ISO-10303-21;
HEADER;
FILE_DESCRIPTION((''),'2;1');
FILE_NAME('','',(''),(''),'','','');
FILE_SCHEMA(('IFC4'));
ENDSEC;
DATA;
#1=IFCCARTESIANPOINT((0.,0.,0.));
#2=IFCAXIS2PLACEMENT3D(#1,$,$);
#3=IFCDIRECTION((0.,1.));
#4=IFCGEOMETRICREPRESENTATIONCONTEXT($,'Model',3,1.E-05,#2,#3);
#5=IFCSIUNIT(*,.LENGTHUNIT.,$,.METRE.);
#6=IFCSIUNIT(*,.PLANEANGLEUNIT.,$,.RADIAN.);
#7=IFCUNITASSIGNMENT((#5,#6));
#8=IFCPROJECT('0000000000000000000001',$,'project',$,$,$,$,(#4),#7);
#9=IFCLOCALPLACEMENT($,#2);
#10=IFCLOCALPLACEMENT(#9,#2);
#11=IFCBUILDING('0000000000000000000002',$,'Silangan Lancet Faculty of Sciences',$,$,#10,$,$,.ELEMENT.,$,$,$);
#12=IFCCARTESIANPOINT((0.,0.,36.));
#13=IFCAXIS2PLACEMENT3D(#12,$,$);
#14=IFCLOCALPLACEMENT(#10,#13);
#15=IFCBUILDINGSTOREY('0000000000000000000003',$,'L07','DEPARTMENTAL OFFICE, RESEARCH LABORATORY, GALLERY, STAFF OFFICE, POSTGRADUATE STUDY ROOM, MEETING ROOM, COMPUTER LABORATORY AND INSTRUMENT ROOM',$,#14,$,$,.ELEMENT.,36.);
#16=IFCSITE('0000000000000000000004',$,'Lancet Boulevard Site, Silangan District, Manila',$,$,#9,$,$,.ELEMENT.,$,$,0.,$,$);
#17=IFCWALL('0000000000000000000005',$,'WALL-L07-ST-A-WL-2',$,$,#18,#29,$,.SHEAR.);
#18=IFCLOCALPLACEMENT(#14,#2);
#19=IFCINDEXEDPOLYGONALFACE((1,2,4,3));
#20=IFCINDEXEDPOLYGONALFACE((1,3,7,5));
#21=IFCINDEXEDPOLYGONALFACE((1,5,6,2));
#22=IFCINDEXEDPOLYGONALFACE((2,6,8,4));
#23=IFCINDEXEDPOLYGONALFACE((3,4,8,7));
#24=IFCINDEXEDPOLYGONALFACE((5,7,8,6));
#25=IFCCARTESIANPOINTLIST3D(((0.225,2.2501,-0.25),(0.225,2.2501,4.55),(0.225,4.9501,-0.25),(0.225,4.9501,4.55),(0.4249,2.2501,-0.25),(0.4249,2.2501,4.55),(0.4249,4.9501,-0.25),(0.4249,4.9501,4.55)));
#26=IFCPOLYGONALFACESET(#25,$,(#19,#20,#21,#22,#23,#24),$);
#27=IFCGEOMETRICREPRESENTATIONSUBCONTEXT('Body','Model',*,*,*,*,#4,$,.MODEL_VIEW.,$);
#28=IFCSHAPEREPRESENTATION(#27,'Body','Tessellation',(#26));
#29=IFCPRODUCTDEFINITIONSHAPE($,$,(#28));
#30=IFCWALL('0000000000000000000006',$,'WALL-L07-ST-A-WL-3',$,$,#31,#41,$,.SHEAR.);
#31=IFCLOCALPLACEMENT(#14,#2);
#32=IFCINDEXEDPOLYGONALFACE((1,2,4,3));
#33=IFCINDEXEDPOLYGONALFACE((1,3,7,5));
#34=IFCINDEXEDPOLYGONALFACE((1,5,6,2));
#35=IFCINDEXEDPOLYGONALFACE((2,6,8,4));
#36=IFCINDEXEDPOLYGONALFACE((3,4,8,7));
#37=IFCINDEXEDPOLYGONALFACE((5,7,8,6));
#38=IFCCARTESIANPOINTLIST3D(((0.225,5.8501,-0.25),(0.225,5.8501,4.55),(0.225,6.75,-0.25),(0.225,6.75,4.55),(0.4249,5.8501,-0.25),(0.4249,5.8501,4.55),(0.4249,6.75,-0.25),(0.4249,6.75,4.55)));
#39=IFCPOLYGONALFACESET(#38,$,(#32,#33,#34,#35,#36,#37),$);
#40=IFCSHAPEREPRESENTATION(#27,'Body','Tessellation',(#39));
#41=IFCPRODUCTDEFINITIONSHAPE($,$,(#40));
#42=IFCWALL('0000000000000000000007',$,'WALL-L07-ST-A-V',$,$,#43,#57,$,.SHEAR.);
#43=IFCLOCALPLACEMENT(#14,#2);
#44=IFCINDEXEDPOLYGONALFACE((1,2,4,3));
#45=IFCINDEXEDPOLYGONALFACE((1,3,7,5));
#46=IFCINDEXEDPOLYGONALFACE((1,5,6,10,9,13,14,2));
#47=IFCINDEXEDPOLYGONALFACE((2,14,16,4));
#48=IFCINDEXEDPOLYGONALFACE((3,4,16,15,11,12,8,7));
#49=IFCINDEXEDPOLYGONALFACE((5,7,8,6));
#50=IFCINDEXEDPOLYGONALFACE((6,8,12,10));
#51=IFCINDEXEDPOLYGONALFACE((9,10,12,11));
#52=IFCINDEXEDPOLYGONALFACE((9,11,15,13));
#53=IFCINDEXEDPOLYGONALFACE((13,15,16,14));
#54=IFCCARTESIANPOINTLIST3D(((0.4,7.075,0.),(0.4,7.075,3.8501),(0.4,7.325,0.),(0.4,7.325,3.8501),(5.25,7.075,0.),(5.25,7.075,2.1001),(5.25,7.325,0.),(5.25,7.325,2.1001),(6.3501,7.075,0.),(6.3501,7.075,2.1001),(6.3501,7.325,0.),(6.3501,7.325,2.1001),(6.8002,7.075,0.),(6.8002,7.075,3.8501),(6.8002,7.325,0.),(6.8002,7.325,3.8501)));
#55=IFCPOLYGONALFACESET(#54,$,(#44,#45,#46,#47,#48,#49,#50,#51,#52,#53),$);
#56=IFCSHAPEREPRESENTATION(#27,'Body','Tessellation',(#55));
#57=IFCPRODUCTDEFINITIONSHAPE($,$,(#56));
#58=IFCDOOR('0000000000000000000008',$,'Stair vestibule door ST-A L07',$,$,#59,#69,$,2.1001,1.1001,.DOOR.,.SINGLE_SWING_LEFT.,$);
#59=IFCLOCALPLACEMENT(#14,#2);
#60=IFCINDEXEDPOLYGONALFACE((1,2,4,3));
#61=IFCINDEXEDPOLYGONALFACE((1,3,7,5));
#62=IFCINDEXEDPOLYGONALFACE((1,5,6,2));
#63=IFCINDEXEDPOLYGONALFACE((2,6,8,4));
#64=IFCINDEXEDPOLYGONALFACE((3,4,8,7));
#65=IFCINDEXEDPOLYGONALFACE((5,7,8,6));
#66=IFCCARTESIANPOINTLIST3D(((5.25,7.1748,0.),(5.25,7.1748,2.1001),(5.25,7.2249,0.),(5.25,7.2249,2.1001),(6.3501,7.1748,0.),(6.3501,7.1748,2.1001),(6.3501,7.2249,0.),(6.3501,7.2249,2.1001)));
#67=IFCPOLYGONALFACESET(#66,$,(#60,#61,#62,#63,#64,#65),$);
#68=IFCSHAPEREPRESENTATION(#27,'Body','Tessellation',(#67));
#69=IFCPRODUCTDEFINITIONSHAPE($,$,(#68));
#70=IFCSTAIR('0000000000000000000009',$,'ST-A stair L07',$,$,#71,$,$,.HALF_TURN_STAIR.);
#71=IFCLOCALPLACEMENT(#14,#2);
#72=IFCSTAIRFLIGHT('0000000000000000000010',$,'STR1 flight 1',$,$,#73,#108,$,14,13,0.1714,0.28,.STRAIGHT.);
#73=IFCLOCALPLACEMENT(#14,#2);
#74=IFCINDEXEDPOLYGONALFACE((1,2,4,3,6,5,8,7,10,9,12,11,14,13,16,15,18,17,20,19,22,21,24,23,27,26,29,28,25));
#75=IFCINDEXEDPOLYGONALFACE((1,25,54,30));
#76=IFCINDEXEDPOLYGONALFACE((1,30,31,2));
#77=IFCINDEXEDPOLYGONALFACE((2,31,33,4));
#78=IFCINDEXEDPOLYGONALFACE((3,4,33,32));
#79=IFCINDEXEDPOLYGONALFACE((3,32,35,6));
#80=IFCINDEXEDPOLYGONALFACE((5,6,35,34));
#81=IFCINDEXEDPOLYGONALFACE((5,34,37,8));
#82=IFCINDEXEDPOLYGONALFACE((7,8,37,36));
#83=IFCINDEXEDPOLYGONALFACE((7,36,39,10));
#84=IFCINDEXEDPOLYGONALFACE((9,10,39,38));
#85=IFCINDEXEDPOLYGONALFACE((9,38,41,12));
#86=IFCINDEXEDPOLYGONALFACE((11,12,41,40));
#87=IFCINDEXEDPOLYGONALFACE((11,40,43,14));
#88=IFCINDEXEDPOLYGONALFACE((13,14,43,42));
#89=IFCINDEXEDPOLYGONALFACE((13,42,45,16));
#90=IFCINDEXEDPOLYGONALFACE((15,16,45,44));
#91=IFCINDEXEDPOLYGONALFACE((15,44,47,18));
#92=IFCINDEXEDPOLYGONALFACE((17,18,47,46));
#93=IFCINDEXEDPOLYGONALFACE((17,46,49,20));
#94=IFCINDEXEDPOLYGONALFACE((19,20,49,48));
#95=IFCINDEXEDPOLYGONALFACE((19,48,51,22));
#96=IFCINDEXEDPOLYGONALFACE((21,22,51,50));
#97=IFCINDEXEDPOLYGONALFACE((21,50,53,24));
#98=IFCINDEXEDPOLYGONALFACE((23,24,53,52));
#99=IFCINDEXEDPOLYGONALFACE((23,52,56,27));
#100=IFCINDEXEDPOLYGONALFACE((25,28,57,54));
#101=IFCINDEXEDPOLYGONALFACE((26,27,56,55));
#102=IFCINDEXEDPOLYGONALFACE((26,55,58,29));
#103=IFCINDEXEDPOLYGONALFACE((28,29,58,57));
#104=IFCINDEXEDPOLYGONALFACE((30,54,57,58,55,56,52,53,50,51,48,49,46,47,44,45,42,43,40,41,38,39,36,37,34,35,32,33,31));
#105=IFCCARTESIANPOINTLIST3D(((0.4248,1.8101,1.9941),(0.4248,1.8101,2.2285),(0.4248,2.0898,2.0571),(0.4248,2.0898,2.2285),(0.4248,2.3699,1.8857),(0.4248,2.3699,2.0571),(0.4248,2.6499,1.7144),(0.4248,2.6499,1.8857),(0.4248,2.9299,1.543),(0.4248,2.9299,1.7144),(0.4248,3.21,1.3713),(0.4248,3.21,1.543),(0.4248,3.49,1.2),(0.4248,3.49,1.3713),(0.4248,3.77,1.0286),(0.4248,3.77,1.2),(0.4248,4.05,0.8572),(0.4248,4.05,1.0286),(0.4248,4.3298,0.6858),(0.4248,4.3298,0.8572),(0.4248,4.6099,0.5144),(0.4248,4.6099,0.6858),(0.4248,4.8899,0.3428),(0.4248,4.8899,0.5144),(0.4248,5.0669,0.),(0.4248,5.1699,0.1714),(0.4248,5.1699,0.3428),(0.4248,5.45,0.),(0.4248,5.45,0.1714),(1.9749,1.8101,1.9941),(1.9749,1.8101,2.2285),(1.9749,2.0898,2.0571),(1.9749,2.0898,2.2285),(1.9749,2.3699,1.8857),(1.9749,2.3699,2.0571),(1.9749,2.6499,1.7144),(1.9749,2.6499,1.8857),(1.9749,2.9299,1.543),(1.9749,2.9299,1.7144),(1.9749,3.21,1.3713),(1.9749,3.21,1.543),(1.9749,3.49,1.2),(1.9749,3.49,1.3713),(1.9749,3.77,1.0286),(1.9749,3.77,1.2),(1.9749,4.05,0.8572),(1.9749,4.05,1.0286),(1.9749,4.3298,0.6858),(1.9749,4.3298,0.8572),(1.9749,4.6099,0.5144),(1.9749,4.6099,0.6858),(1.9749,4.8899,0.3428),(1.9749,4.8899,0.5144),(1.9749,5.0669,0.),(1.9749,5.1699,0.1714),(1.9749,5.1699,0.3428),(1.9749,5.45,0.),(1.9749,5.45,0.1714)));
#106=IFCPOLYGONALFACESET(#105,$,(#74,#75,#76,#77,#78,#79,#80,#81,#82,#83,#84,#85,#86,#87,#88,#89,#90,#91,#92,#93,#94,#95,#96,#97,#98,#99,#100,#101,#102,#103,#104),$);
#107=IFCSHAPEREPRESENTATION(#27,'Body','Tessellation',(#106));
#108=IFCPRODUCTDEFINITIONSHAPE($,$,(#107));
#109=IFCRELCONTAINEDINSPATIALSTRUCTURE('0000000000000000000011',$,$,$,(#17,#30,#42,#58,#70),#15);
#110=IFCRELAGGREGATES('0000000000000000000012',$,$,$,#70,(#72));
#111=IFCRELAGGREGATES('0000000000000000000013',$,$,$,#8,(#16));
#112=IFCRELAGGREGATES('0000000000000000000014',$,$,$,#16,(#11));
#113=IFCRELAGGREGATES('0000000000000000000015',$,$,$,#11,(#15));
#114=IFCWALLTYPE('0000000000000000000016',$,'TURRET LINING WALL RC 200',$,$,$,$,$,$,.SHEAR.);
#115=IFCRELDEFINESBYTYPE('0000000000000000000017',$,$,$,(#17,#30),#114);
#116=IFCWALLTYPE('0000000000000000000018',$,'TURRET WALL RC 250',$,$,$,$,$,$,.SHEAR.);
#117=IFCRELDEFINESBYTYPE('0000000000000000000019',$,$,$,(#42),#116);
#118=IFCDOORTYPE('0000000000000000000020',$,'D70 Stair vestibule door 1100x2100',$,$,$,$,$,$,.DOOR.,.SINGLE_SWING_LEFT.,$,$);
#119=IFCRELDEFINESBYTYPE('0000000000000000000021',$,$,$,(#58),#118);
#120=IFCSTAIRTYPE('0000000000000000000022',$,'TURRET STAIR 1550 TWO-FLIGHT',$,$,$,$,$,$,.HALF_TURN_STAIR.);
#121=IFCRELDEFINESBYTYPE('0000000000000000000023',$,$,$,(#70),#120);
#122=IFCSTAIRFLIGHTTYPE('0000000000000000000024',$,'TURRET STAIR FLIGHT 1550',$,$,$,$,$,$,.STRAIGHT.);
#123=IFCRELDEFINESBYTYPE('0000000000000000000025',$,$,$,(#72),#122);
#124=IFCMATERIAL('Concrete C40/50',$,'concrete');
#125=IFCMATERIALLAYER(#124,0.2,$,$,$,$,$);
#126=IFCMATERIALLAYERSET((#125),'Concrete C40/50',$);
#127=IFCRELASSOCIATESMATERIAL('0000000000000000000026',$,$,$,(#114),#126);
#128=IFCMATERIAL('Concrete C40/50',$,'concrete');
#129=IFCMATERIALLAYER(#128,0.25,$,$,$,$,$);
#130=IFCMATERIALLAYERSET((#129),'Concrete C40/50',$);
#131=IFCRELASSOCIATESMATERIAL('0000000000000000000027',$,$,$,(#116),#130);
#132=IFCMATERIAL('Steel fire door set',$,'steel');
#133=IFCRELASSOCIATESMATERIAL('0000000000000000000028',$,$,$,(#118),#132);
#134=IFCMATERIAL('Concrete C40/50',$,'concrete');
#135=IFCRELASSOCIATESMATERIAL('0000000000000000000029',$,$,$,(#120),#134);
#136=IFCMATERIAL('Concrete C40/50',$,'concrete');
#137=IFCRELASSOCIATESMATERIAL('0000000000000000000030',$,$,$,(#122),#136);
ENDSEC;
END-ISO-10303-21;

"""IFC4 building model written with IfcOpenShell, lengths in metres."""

from ifc_helpers import new_model, si_unit, direction, frame, frame_2d, origin, place, context, subcontext, project, spatial, polyline, rectangle, outline, extrude, material, layer, layer_set, type_object, element, fill, aggregate, save


model = new_model("IFC4")

# Units and contexts
model_context = context("Model", 3, precision=1e-05, world=origin(), true_north=direction((0.0, 1.0)))
body_context = subcontext(model_context, "Body", "Model", "MODEL_VIEW")
ifc_project = project(units=[si_unit("LENGTHUNIT", "METRE"), si_unit("PLANEANGLEUNIT", "RADIAN")], contexts=[model_context])

# Site, building, storey
site_placement = place(None, origin())
site = spatial("IfcSite", under=ifc_project, at=site_placement, Name="Lancet Boulevard Site, Silangan District, Manila", CompositionType="ELEMENT", RefElevation=0.0)
building_placement = place(site_placement, origin())
building = spatial("IfcBuilding", under=site, at=building_placement, Name="Silangan Lancet Faculty of Sciences", CompositionType="ELEMENT")
storey_placement = place(building_placement, frame((0.0, 0.0, 36.0)))
storey = spatial("IfcBuildingStorey", under=building, at=storey_placement, Name="L07", Description="DEPARTMENTAL OFFICE, RESEARCH LABORATORY, GALLERY, STAFF OFFICE, POSTGRADUATE STUDY ROOM, MEETING ROOM, COMPUTER LABORATORY AND INSTRUMENT ROOM", CompositionType="ELEMENT", Elevation=36.0)

# Walls
ifc_material_1 = material(Name="Concrete C40/50", Category="concrete")
ifc_layer_1 = layer(ifc_material_1, 0.2)
ifc_layer_set_1 = layer_set([ifc_layer_1], Name="Concrete C40/50")
wall_type_1 = type_object("IfcWallType", Name="TURRET LINING WALL RC 200", PredefinedType="SHEAR", material=ifc_layer_set_1)
wall_1_placement = place(storey_placement, frame((0.325, 2.25, -0.25), z_axis=(0.0, 0.0, 1.0), x_axis=(0.0, 1.0, 0.0)))
element("IfcWall", 1, at=wall_1_placement, inside=storey, type_object=wall_type_1, Name="WALL-L07-ST-A-WL-2", PredefinedType="SHEAR", context=body_context, shape_type="SweptSolid", body=[
    extrude(rectangle(XDim=2.7, YDim=0.2, at=frame_2d((1.3501, 0.0))), origin(), (0.0, 0.0, 1.0), 4.8),
])
wall_2_placement = place(storey_placement, frame((0.325, 5.8501, -0.25), z_axis=(0.0, 0.0, 1.0), x_axis=(0.0, 1.0, 0.0)))
element("IfcWall", 2, at=wall_2_placement, inside=storey, type_object=wall_type_1, Name="WALL-L07-ST-A-WL-3", PredefinedType="SHEAR", context=body_context, shape_type="SweptSolid", body=[
    extrude(rectangle(XDim=0.8999, YDim=0.2, at=frame_2d((0.45, 0.0))), origin(), (0.0, 0.0, 1.0), 4.8),
])

# Wall, opening, door
ifc_material_2 = material(Name="Concrete C40/50", Category="concrete")
ifc_layer_2 = layer(ifc_material_2, 0.25)
ifc_layer_set_2 = layer_set([ifc_layer_2], Name="Concrete C40/50")
wall_type_2 = type_object("IfcWallType", Name="TURRET WALL RC 250", PredefinedType="SHEAR", material=ifc_layer_set_2)
wall_3_placement = place(storey_placement, frame((0.3999, 7.2, 0.0), z_axis=(0.0, 0.0, 1.0), x_axis=(1.0, 0.0, 0.0)))
wall_3 = element("IfcWall", 3, at=wall_3_placement, inside=storey, type_object=wall_type_2, Name="WALL-L07-ST-A-V", PredefinedType="SHEAR", context=body_context, shape_type="SweptSolid", body=[
    extrude(rectangle(XDim=6.4001, YDim=0.25, at=frame_2d((3.2002, 0.0))), origin(), (0.0, 0.0, 1.0), 3.8501),
])
opening_1_placement = place(wall_3_placement, frame((4.8501, 0.0, 0.0)))
opening_1 = element("IfcOpeningElement", 4, at=opening_1_placement, cuts=wall_3, PredefinedType="OPENING", context=body_context, shape_type="SweptSolid", body=[
    extrude(rectangle(XDim=1.1001, YDim=2.1001, at=frame_2d((0.55, 1.05))), frame((0.0, 0.135, 0.0), z_axis=(0.0, -1.0, 0.0), x_axis=(1.0, 0.0, 0.0)), (0.0, 0.0, 1.0), 0.27),
])
ifc_material_3 = material(Name="Steel fire door set", Category="steel")
door_type_1 = type_object("IfcDoorType", Name="D70 Stair vestibule door 1100x2100", OperationType="SINGLE_SWING_LEFT", PredefinedType="DOOR", material=ifc_material_3)
door_1_placement = place(opening_1_placement, frame((1.1001, 0.0, 0.0), z_axis=(0.0, 0.0, 1.0), x_axis=(-1.0, 0.0, 0.0)))
door_1 = element("IfcDoor", 5, at=door_1_placement, inside=storey, type_object=door_type_1, Name="Stair vestibule door ST-A L07", OperationType="SINGLE_SWING_LEFT", OverallHeight=2.1001, OverallWidth=1.1001, PredefinedType="DOOR", context=body_context, shape_type="SweptSolid", body=[
    extrude(rectangle(XDim=1.1001, YDim=2.1001, at=frame_2d((0.55, 1.05))), frame((0.0, 0.0251, 0.0), z_axis=(0.0, -1.0, 0.0), x_axis=(1.0, 0.0, 0.0)), (0.0, 0.0, 1.0), 0.05),
])
fill(opening_1, door_1)

# Stair, stair flight
ifc_material_4 = material(Name="Concrete C40/50", Category="concrete")
stair_type = type_object("IfcStairType", Name="TURRET STAIR 1550 TWO-FLIGHT", PredefinedType="HALF_TURN_STAIR", material=ifc_material_4)
stair_placement = place(storey_placement, origin())
stair = element("IfcStair", 6, at=stair_placement, inside=storey, type_object=stair_type, Name="ST-A stair L07", PredefinedType="HALF_TURN_STAIR")
ifc_material_5 = material(Name="Concrete C40/50", Category="concrete")
stair_flight_type = type_object("IfcStairFlightType", Name="TURRET STAIR FLIGHT 1550", PredefinedType="STRAIGHT", material=ifc_material_5)
stair_flight_placement = place(storey_placement, frame((1.2, 5.45, 0.0), z_axis=(0.0, 0.0, 1.0), x_axis=(0.0, -1.0, 0.0)))
stair_flight = element("IfcStairFlight", 7, at=stair_flight_placement, type_object=stair_flight_type, Name="STR1 flight 1", NumberOfRisers=14, NumberOfTreads=13, PredefinedType="STRAIGHT", RiserHeight=0.1714, TreadLength=0.28, context=body_context, shape_type="SweptSolid", body=[
    extrude(outline(polyline([(0.0, 0.0), (0.0, 0.1714), (0.28, 0.1714), (0.28, 0.3428), (0.5601, 0.3428), (0.5601, 0.5144), (0.8401, 0.5144), (0.8401, 0.6858), (1.1201, 0.6858), (1.1201, 0.8572), (1.3999, 0.8572), (1.3999, 1.0286), (1.6799, 1.0286), (1.6799, 1.2), (1.96, 1.2), (1.96, 1.3713), (2.24, 1.3713), (2.24, 1.543), (2.52, 1.543), (2.52, 1.7144), (2.8, 1.7144), (2.8, 1.8857), (3.0801, 1.8857), (3.0801, 2.0571), (3.3601, 2.0571), (3.3601, 2.2285), (3.6399, 2.2285), (3.6399, 2.3999), (3.6399, 1.9941), (0.3831, 0.0), (0.0, 0.0)])), frame((0.0, 0.7749, 0.0), z_axis=(0.0, -1.0, 0.0), x_axis=(1.0, 0.0, 0.0)), (0.0, 0.0, 1.0), 1.55),
])
aggregate(stair, [stair_flight])

save(model, "model.ifc")
